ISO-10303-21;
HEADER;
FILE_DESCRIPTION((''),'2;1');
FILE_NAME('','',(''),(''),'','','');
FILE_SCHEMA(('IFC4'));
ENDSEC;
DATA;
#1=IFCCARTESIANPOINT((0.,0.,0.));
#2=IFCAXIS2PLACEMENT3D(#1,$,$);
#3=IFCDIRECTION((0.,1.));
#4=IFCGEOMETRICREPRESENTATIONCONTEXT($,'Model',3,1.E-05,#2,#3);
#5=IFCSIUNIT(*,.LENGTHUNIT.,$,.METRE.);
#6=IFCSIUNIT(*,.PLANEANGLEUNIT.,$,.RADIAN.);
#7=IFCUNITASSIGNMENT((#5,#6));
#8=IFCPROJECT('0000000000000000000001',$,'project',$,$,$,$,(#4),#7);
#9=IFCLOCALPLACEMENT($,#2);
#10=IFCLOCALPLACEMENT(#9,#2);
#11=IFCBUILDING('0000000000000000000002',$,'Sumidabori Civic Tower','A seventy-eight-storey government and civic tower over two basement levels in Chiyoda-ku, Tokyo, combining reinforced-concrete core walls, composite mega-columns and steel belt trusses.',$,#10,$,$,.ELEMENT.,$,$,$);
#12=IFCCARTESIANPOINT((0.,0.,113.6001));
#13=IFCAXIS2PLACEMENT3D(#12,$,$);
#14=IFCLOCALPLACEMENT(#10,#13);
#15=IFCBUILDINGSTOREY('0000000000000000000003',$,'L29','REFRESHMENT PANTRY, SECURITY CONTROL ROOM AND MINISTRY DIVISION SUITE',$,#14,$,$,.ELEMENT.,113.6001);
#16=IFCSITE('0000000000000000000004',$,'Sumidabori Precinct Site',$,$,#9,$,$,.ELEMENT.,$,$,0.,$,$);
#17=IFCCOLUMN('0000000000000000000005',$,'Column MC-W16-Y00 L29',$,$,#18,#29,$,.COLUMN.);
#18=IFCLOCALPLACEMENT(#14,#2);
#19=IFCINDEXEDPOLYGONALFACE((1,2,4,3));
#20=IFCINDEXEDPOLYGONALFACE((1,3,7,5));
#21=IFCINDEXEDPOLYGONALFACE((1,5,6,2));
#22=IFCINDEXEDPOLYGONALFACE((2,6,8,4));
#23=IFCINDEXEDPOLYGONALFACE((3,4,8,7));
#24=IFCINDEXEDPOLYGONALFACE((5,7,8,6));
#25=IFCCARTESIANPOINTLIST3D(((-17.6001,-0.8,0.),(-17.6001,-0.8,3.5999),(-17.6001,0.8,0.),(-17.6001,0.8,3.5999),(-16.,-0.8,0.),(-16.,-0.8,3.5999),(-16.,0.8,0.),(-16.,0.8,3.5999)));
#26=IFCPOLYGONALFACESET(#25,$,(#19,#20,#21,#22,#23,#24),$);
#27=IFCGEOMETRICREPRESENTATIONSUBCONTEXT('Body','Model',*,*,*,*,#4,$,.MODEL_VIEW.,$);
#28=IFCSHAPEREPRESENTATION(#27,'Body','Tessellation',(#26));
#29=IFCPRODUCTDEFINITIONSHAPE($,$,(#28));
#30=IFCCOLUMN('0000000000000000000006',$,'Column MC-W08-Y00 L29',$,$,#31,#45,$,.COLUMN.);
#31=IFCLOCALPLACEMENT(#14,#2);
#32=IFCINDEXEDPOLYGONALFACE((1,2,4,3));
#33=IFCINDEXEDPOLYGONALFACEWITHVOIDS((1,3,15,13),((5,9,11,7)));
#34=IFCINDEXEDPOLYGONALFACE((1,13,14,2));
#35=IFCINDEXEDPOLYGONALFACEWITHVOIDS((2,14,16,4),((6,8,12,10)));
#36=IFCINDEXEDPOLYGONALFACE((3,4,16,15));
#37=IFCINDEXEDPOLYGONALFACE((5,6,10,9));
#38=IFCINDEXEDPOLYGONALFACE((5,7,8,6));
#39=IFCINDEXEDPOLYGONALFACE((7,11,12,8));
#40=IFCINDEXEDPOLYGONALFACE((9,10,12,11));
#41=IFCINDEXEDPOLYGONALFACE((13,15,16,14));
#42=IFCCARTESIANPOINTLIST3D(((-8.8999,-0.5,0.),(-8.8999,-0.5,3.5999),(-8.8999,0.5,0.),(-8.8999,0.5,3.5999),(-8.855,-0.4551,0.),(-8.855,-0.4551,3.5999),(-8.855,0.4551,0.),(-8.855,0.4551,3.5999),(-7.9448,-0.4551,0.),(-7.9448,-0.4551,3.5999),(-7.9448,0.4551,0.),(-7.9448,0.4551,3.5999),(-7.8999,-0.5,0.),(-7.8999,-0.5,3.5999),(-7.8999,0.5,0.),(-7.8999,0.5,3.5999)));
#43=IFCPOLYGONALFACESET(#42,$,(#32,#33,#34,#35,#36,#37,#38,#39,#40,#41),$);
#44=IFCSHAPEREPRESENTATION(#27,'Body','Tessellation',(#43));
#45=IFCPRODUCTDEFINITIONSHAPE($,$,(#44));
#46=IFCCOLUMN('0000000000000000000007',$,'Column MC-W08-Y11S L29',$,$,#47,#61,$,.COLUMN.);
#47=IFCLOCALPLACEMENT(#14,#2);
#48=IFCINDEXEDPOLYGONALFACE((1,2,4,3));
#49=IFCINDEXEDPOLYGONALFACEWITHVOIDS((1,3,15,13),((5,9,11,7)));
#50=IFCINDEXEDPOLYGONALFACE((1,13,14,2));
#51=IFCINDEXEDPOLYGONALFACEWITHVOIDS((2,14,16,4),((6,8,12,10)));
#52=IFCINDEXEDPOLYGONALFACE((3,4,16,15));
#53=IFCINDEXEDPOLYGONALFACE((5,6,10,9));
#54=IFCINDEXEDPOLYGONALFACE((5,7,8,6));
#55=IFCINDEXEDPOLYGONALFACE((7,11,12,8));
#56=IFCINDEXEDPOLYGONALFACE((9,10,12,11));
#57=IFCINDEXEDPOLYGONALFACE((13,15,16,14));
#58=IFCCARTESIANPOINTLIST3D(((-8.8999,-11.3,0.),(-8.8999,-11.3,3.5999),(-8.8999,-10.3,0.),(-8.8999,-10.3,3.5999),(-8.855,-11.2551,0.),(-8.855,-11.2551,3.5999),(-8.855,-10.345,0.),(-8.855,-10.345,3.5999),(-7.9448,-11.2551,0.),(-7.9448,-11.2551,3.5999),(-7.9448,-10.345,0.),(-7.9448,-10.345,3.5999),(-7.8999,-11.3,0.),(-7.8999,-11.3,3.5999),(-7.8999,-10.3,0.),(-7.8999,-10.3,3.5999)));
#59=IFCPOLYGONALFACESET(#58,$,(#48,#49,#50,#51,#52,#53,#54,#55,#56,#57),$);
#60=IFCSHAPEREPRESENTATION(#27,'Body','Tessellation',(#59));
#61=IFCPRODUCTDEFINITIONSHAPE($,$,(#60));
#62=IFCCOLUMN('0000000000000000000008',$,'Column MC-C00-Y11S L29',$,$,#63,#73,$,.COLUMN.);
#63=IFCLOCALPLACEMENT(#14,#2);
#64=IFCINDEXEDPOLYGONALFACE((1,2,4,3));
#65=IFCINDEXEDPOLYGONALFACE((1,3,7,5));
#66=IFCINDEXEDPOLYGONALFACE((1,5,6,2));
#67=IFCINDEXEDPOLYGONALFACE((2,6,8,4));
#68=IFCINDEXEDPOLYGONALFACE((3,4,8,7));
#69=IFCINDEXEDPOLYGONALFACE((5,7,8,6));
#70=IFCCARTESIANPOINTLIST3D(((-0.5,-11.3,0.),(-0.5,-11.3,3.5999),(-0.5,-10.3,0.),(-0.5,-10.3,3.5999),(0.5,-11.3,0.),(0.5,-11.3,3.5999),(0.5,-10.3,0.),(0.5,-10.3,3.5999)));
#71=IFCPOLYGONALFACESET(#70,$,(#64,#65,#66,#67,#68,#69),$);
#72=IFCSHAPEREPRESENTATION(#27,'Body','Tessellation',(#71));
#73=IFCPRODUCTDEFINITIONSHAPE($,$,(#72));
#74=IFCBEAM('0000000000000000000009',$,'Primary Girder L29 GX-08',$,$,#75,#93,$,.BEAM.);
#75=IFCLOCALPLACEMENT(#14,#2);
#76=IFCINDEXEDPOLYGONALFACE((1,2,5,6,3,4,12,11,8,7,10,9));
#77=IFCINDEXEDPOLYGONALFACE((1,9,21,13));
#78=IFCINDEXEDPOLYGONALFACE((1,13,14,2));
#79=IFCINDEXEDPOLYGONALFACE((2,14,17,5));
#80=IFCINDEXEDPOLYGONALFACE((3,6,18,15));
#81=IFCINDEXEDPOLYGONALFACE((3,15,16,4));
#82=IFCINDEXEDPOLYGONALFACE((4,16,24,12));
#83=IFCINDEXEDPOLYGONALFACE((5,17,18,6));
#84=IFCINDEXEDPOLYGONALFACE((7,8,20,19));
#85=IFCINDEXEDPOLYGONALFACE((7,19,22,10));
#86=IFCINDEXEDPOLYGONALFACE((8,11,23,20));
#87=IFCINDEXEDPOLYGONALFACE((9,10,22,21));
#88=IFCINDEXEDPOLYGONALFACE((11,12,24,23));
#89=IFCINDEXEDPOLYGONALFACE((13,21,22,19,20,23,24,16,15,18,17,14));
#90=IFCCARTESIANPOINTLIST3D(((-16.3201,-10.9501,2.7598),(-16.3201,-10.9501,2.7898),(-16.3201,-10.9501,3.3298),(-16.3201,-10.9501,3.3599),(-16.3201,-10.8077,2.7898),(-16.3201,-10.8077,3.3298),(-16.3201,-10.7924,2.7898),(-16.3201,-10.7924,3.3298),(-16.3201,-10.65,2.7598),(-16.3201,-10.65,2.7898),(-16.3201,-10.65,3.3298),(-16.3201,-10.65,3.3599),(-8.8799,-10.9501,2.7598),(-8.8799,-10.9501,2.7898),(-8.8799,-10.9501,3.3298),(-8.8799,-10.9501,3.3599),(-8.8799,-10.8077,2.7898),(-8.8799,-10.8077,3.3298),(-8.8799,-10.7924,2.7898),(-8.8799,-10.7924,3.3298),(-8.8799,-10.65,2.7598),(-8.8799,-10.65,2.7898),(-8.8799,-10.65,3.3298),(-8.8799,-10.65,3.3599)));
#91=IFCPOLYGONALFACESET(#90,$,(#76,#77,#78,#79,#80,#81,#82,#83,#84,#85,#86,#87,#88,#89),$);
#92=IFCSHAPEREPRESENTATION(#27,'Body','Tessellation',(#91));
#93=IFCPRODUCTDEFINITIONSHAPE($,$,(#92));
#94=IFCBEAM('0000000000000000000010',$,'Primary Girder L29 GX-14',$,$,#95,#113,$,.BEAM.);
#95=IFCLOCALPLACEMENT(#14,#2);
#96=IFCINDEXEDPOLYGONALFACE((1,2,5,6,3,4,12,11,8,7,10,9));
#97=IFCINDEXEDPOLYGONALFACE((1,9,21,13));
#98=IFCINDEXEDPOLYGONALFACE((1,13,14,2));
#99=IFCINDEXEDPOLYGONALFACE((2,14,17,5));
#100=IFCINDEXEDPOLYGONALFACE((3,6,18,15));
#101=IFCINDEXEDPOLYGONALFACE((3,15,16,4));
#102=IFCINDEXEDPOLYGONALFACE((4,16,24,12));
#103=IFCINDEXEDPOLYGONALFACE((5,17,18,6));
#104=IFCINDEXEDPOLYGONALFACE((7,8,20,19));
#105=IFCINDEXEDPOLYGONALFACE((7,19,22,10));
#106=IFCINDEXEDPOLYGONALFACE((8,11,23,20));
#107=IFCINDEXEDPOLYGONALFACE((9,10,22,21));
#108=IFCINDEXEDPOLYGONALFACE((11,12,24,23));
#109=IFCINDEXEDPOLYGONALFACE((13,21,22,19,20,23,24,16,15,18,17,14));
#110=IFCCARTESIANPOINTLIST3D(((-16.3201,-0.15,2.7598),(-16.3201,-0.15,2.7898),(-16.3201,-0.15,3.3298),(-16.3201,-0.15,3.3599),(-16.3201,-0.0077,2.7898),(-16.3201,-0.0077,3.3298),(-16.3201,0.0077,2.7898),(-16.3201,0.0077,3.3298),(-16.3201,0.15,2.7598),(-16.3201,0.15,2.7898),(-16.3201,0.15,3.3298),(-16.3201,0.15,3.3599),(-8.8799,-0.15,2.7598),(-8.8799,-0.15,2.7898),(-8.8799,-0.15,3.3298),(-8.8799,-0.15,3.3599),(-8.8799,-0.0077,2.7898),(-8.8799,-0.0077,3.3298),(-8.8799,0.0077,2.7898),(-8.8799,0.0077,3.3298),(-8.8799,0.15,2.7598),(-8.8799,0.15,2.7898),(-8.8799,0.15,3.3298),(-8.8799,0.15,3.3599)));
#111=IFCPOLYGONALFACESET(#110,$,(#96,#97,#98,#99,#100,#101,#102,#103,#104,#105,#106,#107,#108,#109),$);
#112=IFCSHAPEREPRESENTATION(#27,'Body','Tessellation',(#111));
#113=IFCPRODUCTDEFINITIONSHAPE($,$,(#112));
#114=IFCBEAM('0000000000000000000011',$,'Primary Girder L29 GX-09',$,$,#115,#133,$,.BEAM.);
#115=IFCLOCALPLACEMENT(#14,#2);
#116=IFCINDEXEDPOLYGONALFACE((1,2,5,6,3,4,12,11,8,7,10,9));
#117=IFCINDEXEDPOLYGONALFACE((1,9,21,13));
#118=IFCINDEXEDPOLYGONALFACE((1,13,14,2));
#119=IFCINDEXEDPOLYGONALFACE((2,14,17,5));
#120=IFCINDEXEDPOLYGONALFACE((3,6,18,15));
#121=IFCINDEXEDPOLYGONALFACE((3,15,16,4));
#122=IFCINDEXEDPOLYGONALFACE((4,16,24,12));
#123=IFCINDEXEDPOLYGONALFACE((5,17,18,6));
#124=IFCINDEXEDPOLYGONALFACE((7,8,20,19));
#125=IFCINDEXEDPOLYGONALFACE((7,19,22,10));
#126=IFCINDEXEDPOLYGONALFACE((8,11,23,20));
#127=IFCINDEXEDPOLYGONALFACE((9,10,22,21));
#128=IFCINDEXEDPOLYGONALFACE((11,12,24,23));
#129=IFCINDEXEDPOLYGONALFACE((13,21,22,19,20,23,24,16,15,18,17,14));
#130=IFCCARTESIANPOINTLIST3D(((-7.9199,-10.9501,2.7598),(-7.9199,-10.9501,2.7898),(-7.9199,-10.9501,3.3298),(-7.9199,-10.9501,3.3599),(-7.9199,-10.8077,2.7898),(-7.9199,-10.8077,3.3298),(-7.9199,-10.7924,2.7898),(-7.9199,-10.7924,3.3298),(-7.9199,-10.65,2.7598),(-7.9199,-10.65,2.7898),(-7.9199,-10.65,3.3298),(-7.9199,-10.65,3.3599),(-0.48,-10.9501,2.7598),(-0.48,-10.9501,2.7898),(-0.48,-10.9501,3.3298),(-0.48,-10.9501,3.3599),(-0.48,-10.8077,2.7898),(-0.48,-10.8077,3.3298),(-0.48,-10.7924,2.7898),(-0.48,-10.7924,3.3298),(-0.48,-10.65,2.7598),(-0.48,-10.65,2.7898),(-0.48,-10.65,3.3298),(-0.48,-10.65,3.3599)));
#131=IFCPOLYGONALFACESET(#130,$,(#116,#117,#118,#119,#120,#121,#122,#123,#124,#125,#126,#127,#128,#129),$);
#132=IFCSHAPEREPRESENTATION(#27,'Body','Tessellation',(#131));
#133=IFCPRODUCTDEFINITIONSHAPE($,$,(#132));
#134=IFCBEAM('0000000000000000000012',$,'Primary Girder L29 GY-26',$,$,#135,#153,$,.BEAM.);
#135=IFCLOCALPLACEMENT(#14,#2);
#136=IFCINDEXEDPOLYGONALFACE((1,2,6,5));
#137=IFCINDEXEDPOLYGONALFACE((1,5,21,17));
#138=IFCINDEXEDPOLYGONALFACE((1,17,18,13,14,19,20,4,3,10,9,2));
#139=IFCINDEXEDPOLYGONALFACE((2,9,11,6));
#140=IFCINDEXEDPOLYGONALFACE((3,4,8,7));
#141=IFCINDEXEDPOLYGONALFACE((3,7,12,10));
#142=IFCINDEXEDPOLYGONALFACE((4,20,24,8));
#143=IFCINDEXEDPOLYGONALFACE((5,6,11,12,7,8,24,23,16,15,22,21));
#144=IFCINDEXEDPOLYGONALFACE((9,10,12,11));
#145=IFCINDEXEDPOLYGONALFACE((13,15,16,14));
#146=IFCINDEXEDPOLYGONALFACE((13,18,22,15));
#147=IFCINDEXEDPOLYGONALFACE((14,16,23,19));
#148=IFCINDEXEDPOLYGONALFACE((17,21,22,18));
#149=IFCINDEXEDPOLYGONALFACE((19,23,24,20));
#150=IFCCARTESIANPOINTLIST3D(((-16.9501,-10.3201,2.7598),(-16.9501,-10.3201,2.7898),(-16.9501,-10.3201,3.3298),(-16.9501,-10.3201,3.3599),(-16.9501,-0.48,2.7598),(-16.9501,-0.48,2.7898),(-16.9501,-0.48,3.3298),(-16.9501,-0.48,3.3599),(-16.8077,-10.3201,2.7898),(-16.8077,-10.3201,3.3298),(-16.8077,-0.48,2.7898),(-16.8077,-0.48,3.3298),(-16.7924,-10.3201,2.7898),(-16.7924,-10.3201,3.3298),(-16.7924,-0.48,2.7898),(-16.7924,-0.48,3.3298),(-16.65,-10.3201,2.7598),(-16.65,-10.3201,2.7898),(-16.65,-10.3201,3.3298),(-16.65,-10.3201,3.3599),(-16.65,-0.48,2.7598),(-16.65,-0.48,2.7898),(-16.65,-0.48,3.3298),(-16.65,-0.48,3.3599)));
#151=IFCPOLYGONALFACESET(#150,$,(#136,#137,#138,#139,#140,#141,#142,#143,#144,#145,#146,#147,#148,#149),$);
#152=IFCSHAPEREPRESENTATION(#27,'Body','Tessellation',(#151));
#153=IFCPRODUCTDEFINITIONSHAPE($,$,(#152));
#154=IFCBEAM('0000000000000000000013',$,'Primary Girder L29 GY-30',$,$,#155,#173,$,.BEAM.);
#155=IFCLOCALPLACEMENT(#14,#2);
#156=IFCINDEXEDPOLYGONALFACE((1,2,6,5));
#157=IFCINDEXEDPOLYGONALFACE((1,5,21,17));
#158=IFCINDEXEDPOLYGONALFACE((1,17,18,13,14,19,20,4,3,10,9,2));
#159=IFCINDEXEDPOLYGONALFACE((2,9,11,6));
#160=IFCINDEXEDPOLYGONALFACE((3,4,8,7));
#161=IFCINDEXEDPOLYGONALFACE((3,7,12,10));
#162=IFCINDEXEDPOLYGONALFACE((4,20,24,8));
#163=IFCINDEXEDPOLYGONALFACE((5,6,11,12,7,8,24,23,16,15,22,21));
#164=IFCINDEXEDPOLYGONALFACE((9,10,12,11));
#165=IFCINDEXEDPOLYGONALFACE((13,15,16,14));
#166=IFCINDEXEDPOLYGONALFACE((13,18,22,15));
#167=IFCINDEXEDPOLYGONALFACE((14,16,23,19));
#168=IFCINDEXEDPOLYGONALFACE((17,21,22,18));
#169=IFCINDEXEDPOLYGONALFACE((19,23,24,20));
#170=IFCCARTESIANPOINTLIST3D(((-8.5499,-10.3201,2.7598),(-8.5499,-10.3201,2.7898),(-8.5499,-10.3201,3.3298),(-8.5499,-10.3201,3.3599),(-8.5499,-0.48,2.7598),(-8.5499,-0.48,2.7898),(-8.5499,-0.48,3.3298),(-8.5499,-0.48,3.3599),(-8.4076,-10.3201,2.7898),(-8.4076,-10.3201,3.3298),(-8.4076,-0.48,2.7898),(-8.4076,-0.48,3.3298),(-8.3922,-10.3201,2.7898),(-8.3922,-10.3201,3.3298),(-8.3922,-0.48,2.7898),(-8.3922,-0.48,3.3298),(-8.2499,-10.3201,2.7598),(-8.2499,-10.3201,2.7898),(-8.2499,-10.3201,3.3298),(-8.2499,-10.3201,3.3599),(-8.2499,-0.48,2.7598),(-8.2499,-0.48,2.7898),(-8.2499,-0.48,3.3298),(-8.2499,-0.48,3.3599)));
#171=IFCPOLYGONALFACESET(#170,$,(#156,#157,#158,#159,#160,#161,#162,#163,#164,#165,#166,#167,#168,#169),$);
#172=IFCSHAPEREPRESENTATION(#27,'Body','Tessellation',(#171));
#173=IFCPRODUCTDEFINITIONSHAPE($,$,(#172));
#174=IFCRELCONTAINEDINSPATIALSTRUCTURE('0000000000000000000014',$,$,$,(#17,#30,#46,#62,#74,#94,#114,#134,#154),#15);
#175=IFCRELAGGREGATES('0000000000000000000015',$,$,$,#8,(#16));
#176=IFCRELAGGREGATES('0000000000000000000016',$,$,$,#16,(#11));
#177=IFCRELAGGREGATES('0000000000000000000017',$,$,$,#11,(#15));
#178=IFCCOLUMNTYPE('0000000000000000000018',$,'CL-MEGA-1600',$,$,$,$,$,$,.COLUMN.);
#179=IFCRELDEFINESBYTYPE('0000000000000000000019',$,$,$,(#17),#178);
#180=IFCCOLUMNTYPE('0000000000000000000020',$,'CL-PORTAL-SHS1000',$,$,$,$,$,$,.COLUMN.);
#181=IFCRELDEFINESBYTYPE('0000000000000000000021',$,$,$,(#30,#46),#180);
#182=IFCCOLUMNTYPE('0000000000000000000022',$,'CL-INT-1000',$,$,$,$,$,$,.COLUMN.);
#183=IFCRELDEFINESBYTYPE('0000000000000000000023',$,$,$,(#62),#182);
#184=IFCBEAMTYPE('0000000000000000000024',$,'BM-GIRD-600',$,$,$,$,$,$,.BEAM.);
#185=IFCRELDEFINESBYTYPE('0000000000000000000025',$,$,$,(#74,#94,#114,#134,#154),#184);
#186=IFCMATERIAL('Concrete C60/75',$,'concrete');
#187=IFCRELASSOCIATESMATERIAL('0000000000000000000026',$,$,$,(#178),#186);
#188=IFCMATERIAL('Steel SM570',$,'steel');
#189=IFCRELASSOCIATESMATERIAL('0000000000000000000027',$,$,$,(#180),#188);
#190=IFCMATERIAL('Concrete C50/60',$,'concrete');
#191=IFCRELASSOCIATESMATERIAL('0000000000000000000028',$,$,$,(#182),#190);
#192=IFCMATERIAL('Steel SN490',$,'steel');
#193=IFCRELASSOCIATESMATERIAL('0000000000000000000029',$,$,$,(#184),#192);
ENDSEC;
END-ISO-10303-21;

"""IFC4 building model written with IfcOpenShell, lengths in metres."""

from ifc_helpers import new_model, si_unit, direction, frame, origin, origin_2d, place, context, subcontext, project, spatial, rectangle, hollow_rectangle, i_section, extrude, source, transform, mapped, material, material_profile, profile_set, type_object, element, save


model = new_model("IFC4")

# Units and contexts
model_context = context("Model", 3, precision=1e-05, world=origin(), true_north=direction((0.0, 1.0)))
body_context = subcontext(model_context, "Body", "Model", "MODEL_VIEW")
ifc_project = project(units=[si_unit("LENGTHUNIT", "METRE"), si_unit("PLANEANGLEUNIT", "RADIAN")], contexts=[model_context])

# Site, building, storey
site_placement = place(None, origin())
site = spatial("IfcSite", under=ifc_project, at=site_placement, Name="Sumidabori Precinct Site", CompositionType="ELEMENT", RefElevation=0.0)
building_placement = place(site_placement, origin())
building = spatial("IfcBuilding", under=site, at=building_placement, Name="Sumidabori Civic Tower", Description="A seventy-eight-storey government and civic tower over two basement levels in Chiyoda-ku, Tokyo, combining reinforced-concrete core walls, composite mega-columns and steel belt trusses.", CompositionType="ELEMENT")
storey_placement = place(building_placement, frame((0.0, 0.0, 113.6001)))
storey = spatial("IfcBuildingStorey", under=building, at=storey_placement, Name="L29", Description="REFRESHMENT PANTRY, SECURITY CONTROL ROOM AND MINISTRY DIVISION SUITE", CompositionType="ELEMENT", Elevation=113.6001)

# Columns
ifc_material_1 = material(Name="Concrete C60/75", Category="concrete")
ifc_material_profile_1 = material_profile(ifc_material_1, rectangle(XDim=1.6001, YDim=1.6001, at=origin_2d()), Name="RC 1600x1600")
ifc_profile_set_1 = profile_set([ifc_material_profile_1], Name="Concrete C60/75")
column_type_1 = type_object("IfcColumnType", Name="CL-MEGA-1600", PredefinedType="COLUMN", material=ifc_profile_set_1)
shared_shape_1 = source(origin(), body_context, "Body", "SweptSolid", [
    extrude(rectangle(XDim=1.6001, YDim=1.6001, at=origin_2d()), origin(), (0.0, 0.0, 1.0), 3.5999),
])
column_1_placement = place(storey_placement, frame((-16.8, 0.0, 0.0), z_axis=(0.0, 0.0, 1.0), x_axis=(1.0, 0.0, 0.0)))
element("IfcColumn", 1, at=column_1_placement, inside=storey, type_object=column_type_1, Name="Column MC-W16-Y00 L29", PredefinedType="COLUMN", context=body_context, shape_type="MappedRepresentation", body=[
    mapped(shared_shape_1, transform((0.0, 0.0, 0.0), x_axis=(1.0, 0.0, 0.0), y_axis=(0.0, 1.0, 0.0), z_axis=(0.0, 0.0, 1.0), scale=1.0)),
])
ifc_material_2 = material(Name="Steel SM570", Category="steel")
ifc_material_profile_2 = material_profile(ifc_material_2, hollow_rectangle(XDim=1.0, YDim=1.0, WallThickness=0.0449, at=origin_2d()), Name="SHS 1000x1000x45")
ifc_profile_set_2 = profile_set([ifc_material_profile_2], Name="Steel SM570")
column_type_2 = type_object("IfcColumnType", Name="CL-PORTAL-SHS1000", PredefinedType="COLUMN", material=ifc_profile_set_2)
shared_shape_2 = source(origin(), body_context, "Body", "SweptSolid", [
    extrude(hollow_rectangle(XDim=1.0, YDim=1.0, WallThickness=0.0449, at=origin_2d()), origin(), (0.0, 0.0, 1.0), 3.5999),
])
for number, where, z_axis, x_axis, name in (
    (2, (-8.3999, 0.0, 0.0), (0.0, 0.0, 1.0), (1.0, 0.0, 0.0), "Column MC-W08-Y00 L29"),
    (3, (-8.3999, -10.8, 0.0), (0.0, 0.0, 1.0), (1.0, 0.0, 0.0), "Column MC-W08-Y11S L29"),
):
    element("IfcColumn", number, at=place(storey_placement, frame(where, z_axis=z_axis, x_axis=x_axis)), inside=storey, type_object=column_type_2, Name=name, PredefinedType="COLUMN", context=body_context, shape_type="MappedRepresentation", body=[
        mapped(shared_shape_2, transform((0.0, 0.0, 0.0), x_axis=(1.0, 0.0, 0.0), y_axis=(0.0, 1.0, 0.0), z_axis=(0.0, 0.0, 1.0), scale=1.0)),
    ])
ifc_material_3 = material(Name="Concrete C50/60", Category="concrete")
ifc_material_profile_3 = material_profile(ifc_material_3, rectangle(XDim=1.0, YDim=1.0, at=origin_2d()), Name="RC 1000x1000")
ifc_profile_set_3 = profile_set([ifc_material_profile_3], Name="Concrete C50/60")
column_type_3 = type_object("IfcColumnType", Name="CL-INT-1000", PredefinedType="COLUMN", material=ifc_profile_set_3)
shared_shape_3 = source(origin(), body_context, "Body", "SweptSolid", [
    extrude(rectangle(XDim=1.0, YDim=1.0, at=origin_2d()), origin(), (0.0, 0.0, 1.0), 3.5999),
])
column_2_placement = place(storey_placement, frame((0.0, -10.8, 0.0), z_axis=(0.0, 0.0, 1.0), x_axis=(1.0, 0.0, 0.0)))
element("IfcColumn", 4, at=column_2_placement, inside=storey, type_object=column_type_3, Name="Column MC-C00-Y11S L29", PredefinedType="COLUMN", context=body_context, shape_type="MappedRepresentation", body=[
    mapped(shared_shape_3, transform((0.0, 0.0, 0.0), x_axis=(1.0, 0.0, 0.0), y_axis=(0.0, 1.0, 0.0), z_axis=(0.0, 0.0, 1.0), scale=1.0)),
])

# Beams
ifc_material_4 = material(Name="Steel SN490", Category="steel")
ifc_material_profile_4 = material_profile(ifc_material_4, i_section(OverallWidth=0.3, OverallDepth=0.6001, WebThickness=0.0154, FlangeThickness=0.03, at=origin_2d()), Name="HE 600 B")
ifc_profile_set_4 = profile_set([ifc_material_profile_4], Name="Steel SN490")
beam_type_1 = type_object("IfcBeamType", Name="BM-GIRD-600", PredefinedType="BEAM", material=ifc_profile_set_4)
shared_shape_4 = source(origin(), body_context, "Body", "SweptSolid", [
    extrude(i_section(OverallWidth=0.3, OverallDepth=0.6001, WebThickness=0.0154, FlangeThickness=0.03, at=origin_2d()), origin(), (0.0, 0.0, 1.0), 7.4402),
])
for number, where, z_axis, x_axis, name in (
    (5, (-16.3201, -10.8, 3.0598), (1.0, 0.0, 0.0), (0.0, 1.0, 0.0), "Primary Girder L29 GX-08"),
    (6, (-16.3201, 0.0, 3.0598), (1.0, 0.0, 0.0), (0.0, 1.0, 0.0), "Primary Girder L29 GX-14"),
):
    element("IfcBeam", number, at=place(storey_placement, frame(where, z_axis=z_axis, x_axis=x_axis)), inside=storey, type_object=beam_type_1, Name=name, PredefinedType="BEAM", context=body_context, shape_type="MappedRepresentation", body=[
        mapped(shared_shape_4, transform((0.0, 0.0, 0.0), x_axis=(1.0, 0.0, 0.0), y_axis=(0.0, 1.0, 0.0), z_axis=(0.0, 0.0, 1.0), scale=1.0)),
    ])
shared_shape_5 = source(origin(), body_context, "Body", "SweptSolid", [
    extrude(i_section(OverallWidth=0.3, OverallDepth=0.6001, WebThickness=0.0154, FlangeThickness=0.03, at=origin_2d()), origin(), (0.0, 0.0, 1.0), 7.4399),
])
beam_placement = place(storey_placement, frame((-7.9199, -10.8, 3.0598), z_axis=(1.0, 0.0, 0.0), x_axis=(0.0, 1.0, 0.0)))
element("IfcBeam", 7, at=beam_placement, inside=storey, type_object=beam_type_1, Name="Primary Girder L29 GX-09", PredefinedType="BEAM", context=body_context, shape_type="MappedRepresentation", body=[
    mapped(shared_shape_5, transform((0.0, 0.0, 0.0), x_axis=(1.0, 0.0, 0.0), y_axis=(0.0, 1.0, 0.0), z_axis=(0.0, 0.0, 1.0), scale=1.0)),
])
shared_shape_6 = source(origin(), body_context, "Body", "SweptSolid", [
    extrude(i_section(OverallWidth=0.3, OverallDepth=0.6001, WebThickness=0.0154, FlangeThickness=0.03, at=origin_2d()), origin(), (0.0, 0.0, 1.0), 9.8401),
])
for number, where, z_axis, x_axis, name in (
    (8, (-16.8, -10.3201, 3.0598), (0.0, 1.0, 0.0), (-1.0, 0.0, 0.0), "Primary Girder L29 GY-26"),
    (9, (-8.3999, -10.3201, 3.0598), (0.0, 1.0, 0.0), (-1.0, 0.0, 0.0), "Primary Girder L29 GY-30"),
):
    element("IfcBeam", number, at=place(storey_placement, frame(where, z_axis=z_axis, x_axis=x_axis)), inside=storey, type_object=beam_type_1, Name=name, PredefinedType="BEAM", context=body_context, shape_type="MappedRepresentation", body=[
        mapped(shared_shape_6, transform((0.0, 0.0, 0.0), x_axis=(1.0, 0.0, 0.0), y_axis=(0.0, 1.0, 0.0), z_axis=(0.0, 0.0, 1.0), scale=1.0)),
    ])

save(model, "model.ifc")
